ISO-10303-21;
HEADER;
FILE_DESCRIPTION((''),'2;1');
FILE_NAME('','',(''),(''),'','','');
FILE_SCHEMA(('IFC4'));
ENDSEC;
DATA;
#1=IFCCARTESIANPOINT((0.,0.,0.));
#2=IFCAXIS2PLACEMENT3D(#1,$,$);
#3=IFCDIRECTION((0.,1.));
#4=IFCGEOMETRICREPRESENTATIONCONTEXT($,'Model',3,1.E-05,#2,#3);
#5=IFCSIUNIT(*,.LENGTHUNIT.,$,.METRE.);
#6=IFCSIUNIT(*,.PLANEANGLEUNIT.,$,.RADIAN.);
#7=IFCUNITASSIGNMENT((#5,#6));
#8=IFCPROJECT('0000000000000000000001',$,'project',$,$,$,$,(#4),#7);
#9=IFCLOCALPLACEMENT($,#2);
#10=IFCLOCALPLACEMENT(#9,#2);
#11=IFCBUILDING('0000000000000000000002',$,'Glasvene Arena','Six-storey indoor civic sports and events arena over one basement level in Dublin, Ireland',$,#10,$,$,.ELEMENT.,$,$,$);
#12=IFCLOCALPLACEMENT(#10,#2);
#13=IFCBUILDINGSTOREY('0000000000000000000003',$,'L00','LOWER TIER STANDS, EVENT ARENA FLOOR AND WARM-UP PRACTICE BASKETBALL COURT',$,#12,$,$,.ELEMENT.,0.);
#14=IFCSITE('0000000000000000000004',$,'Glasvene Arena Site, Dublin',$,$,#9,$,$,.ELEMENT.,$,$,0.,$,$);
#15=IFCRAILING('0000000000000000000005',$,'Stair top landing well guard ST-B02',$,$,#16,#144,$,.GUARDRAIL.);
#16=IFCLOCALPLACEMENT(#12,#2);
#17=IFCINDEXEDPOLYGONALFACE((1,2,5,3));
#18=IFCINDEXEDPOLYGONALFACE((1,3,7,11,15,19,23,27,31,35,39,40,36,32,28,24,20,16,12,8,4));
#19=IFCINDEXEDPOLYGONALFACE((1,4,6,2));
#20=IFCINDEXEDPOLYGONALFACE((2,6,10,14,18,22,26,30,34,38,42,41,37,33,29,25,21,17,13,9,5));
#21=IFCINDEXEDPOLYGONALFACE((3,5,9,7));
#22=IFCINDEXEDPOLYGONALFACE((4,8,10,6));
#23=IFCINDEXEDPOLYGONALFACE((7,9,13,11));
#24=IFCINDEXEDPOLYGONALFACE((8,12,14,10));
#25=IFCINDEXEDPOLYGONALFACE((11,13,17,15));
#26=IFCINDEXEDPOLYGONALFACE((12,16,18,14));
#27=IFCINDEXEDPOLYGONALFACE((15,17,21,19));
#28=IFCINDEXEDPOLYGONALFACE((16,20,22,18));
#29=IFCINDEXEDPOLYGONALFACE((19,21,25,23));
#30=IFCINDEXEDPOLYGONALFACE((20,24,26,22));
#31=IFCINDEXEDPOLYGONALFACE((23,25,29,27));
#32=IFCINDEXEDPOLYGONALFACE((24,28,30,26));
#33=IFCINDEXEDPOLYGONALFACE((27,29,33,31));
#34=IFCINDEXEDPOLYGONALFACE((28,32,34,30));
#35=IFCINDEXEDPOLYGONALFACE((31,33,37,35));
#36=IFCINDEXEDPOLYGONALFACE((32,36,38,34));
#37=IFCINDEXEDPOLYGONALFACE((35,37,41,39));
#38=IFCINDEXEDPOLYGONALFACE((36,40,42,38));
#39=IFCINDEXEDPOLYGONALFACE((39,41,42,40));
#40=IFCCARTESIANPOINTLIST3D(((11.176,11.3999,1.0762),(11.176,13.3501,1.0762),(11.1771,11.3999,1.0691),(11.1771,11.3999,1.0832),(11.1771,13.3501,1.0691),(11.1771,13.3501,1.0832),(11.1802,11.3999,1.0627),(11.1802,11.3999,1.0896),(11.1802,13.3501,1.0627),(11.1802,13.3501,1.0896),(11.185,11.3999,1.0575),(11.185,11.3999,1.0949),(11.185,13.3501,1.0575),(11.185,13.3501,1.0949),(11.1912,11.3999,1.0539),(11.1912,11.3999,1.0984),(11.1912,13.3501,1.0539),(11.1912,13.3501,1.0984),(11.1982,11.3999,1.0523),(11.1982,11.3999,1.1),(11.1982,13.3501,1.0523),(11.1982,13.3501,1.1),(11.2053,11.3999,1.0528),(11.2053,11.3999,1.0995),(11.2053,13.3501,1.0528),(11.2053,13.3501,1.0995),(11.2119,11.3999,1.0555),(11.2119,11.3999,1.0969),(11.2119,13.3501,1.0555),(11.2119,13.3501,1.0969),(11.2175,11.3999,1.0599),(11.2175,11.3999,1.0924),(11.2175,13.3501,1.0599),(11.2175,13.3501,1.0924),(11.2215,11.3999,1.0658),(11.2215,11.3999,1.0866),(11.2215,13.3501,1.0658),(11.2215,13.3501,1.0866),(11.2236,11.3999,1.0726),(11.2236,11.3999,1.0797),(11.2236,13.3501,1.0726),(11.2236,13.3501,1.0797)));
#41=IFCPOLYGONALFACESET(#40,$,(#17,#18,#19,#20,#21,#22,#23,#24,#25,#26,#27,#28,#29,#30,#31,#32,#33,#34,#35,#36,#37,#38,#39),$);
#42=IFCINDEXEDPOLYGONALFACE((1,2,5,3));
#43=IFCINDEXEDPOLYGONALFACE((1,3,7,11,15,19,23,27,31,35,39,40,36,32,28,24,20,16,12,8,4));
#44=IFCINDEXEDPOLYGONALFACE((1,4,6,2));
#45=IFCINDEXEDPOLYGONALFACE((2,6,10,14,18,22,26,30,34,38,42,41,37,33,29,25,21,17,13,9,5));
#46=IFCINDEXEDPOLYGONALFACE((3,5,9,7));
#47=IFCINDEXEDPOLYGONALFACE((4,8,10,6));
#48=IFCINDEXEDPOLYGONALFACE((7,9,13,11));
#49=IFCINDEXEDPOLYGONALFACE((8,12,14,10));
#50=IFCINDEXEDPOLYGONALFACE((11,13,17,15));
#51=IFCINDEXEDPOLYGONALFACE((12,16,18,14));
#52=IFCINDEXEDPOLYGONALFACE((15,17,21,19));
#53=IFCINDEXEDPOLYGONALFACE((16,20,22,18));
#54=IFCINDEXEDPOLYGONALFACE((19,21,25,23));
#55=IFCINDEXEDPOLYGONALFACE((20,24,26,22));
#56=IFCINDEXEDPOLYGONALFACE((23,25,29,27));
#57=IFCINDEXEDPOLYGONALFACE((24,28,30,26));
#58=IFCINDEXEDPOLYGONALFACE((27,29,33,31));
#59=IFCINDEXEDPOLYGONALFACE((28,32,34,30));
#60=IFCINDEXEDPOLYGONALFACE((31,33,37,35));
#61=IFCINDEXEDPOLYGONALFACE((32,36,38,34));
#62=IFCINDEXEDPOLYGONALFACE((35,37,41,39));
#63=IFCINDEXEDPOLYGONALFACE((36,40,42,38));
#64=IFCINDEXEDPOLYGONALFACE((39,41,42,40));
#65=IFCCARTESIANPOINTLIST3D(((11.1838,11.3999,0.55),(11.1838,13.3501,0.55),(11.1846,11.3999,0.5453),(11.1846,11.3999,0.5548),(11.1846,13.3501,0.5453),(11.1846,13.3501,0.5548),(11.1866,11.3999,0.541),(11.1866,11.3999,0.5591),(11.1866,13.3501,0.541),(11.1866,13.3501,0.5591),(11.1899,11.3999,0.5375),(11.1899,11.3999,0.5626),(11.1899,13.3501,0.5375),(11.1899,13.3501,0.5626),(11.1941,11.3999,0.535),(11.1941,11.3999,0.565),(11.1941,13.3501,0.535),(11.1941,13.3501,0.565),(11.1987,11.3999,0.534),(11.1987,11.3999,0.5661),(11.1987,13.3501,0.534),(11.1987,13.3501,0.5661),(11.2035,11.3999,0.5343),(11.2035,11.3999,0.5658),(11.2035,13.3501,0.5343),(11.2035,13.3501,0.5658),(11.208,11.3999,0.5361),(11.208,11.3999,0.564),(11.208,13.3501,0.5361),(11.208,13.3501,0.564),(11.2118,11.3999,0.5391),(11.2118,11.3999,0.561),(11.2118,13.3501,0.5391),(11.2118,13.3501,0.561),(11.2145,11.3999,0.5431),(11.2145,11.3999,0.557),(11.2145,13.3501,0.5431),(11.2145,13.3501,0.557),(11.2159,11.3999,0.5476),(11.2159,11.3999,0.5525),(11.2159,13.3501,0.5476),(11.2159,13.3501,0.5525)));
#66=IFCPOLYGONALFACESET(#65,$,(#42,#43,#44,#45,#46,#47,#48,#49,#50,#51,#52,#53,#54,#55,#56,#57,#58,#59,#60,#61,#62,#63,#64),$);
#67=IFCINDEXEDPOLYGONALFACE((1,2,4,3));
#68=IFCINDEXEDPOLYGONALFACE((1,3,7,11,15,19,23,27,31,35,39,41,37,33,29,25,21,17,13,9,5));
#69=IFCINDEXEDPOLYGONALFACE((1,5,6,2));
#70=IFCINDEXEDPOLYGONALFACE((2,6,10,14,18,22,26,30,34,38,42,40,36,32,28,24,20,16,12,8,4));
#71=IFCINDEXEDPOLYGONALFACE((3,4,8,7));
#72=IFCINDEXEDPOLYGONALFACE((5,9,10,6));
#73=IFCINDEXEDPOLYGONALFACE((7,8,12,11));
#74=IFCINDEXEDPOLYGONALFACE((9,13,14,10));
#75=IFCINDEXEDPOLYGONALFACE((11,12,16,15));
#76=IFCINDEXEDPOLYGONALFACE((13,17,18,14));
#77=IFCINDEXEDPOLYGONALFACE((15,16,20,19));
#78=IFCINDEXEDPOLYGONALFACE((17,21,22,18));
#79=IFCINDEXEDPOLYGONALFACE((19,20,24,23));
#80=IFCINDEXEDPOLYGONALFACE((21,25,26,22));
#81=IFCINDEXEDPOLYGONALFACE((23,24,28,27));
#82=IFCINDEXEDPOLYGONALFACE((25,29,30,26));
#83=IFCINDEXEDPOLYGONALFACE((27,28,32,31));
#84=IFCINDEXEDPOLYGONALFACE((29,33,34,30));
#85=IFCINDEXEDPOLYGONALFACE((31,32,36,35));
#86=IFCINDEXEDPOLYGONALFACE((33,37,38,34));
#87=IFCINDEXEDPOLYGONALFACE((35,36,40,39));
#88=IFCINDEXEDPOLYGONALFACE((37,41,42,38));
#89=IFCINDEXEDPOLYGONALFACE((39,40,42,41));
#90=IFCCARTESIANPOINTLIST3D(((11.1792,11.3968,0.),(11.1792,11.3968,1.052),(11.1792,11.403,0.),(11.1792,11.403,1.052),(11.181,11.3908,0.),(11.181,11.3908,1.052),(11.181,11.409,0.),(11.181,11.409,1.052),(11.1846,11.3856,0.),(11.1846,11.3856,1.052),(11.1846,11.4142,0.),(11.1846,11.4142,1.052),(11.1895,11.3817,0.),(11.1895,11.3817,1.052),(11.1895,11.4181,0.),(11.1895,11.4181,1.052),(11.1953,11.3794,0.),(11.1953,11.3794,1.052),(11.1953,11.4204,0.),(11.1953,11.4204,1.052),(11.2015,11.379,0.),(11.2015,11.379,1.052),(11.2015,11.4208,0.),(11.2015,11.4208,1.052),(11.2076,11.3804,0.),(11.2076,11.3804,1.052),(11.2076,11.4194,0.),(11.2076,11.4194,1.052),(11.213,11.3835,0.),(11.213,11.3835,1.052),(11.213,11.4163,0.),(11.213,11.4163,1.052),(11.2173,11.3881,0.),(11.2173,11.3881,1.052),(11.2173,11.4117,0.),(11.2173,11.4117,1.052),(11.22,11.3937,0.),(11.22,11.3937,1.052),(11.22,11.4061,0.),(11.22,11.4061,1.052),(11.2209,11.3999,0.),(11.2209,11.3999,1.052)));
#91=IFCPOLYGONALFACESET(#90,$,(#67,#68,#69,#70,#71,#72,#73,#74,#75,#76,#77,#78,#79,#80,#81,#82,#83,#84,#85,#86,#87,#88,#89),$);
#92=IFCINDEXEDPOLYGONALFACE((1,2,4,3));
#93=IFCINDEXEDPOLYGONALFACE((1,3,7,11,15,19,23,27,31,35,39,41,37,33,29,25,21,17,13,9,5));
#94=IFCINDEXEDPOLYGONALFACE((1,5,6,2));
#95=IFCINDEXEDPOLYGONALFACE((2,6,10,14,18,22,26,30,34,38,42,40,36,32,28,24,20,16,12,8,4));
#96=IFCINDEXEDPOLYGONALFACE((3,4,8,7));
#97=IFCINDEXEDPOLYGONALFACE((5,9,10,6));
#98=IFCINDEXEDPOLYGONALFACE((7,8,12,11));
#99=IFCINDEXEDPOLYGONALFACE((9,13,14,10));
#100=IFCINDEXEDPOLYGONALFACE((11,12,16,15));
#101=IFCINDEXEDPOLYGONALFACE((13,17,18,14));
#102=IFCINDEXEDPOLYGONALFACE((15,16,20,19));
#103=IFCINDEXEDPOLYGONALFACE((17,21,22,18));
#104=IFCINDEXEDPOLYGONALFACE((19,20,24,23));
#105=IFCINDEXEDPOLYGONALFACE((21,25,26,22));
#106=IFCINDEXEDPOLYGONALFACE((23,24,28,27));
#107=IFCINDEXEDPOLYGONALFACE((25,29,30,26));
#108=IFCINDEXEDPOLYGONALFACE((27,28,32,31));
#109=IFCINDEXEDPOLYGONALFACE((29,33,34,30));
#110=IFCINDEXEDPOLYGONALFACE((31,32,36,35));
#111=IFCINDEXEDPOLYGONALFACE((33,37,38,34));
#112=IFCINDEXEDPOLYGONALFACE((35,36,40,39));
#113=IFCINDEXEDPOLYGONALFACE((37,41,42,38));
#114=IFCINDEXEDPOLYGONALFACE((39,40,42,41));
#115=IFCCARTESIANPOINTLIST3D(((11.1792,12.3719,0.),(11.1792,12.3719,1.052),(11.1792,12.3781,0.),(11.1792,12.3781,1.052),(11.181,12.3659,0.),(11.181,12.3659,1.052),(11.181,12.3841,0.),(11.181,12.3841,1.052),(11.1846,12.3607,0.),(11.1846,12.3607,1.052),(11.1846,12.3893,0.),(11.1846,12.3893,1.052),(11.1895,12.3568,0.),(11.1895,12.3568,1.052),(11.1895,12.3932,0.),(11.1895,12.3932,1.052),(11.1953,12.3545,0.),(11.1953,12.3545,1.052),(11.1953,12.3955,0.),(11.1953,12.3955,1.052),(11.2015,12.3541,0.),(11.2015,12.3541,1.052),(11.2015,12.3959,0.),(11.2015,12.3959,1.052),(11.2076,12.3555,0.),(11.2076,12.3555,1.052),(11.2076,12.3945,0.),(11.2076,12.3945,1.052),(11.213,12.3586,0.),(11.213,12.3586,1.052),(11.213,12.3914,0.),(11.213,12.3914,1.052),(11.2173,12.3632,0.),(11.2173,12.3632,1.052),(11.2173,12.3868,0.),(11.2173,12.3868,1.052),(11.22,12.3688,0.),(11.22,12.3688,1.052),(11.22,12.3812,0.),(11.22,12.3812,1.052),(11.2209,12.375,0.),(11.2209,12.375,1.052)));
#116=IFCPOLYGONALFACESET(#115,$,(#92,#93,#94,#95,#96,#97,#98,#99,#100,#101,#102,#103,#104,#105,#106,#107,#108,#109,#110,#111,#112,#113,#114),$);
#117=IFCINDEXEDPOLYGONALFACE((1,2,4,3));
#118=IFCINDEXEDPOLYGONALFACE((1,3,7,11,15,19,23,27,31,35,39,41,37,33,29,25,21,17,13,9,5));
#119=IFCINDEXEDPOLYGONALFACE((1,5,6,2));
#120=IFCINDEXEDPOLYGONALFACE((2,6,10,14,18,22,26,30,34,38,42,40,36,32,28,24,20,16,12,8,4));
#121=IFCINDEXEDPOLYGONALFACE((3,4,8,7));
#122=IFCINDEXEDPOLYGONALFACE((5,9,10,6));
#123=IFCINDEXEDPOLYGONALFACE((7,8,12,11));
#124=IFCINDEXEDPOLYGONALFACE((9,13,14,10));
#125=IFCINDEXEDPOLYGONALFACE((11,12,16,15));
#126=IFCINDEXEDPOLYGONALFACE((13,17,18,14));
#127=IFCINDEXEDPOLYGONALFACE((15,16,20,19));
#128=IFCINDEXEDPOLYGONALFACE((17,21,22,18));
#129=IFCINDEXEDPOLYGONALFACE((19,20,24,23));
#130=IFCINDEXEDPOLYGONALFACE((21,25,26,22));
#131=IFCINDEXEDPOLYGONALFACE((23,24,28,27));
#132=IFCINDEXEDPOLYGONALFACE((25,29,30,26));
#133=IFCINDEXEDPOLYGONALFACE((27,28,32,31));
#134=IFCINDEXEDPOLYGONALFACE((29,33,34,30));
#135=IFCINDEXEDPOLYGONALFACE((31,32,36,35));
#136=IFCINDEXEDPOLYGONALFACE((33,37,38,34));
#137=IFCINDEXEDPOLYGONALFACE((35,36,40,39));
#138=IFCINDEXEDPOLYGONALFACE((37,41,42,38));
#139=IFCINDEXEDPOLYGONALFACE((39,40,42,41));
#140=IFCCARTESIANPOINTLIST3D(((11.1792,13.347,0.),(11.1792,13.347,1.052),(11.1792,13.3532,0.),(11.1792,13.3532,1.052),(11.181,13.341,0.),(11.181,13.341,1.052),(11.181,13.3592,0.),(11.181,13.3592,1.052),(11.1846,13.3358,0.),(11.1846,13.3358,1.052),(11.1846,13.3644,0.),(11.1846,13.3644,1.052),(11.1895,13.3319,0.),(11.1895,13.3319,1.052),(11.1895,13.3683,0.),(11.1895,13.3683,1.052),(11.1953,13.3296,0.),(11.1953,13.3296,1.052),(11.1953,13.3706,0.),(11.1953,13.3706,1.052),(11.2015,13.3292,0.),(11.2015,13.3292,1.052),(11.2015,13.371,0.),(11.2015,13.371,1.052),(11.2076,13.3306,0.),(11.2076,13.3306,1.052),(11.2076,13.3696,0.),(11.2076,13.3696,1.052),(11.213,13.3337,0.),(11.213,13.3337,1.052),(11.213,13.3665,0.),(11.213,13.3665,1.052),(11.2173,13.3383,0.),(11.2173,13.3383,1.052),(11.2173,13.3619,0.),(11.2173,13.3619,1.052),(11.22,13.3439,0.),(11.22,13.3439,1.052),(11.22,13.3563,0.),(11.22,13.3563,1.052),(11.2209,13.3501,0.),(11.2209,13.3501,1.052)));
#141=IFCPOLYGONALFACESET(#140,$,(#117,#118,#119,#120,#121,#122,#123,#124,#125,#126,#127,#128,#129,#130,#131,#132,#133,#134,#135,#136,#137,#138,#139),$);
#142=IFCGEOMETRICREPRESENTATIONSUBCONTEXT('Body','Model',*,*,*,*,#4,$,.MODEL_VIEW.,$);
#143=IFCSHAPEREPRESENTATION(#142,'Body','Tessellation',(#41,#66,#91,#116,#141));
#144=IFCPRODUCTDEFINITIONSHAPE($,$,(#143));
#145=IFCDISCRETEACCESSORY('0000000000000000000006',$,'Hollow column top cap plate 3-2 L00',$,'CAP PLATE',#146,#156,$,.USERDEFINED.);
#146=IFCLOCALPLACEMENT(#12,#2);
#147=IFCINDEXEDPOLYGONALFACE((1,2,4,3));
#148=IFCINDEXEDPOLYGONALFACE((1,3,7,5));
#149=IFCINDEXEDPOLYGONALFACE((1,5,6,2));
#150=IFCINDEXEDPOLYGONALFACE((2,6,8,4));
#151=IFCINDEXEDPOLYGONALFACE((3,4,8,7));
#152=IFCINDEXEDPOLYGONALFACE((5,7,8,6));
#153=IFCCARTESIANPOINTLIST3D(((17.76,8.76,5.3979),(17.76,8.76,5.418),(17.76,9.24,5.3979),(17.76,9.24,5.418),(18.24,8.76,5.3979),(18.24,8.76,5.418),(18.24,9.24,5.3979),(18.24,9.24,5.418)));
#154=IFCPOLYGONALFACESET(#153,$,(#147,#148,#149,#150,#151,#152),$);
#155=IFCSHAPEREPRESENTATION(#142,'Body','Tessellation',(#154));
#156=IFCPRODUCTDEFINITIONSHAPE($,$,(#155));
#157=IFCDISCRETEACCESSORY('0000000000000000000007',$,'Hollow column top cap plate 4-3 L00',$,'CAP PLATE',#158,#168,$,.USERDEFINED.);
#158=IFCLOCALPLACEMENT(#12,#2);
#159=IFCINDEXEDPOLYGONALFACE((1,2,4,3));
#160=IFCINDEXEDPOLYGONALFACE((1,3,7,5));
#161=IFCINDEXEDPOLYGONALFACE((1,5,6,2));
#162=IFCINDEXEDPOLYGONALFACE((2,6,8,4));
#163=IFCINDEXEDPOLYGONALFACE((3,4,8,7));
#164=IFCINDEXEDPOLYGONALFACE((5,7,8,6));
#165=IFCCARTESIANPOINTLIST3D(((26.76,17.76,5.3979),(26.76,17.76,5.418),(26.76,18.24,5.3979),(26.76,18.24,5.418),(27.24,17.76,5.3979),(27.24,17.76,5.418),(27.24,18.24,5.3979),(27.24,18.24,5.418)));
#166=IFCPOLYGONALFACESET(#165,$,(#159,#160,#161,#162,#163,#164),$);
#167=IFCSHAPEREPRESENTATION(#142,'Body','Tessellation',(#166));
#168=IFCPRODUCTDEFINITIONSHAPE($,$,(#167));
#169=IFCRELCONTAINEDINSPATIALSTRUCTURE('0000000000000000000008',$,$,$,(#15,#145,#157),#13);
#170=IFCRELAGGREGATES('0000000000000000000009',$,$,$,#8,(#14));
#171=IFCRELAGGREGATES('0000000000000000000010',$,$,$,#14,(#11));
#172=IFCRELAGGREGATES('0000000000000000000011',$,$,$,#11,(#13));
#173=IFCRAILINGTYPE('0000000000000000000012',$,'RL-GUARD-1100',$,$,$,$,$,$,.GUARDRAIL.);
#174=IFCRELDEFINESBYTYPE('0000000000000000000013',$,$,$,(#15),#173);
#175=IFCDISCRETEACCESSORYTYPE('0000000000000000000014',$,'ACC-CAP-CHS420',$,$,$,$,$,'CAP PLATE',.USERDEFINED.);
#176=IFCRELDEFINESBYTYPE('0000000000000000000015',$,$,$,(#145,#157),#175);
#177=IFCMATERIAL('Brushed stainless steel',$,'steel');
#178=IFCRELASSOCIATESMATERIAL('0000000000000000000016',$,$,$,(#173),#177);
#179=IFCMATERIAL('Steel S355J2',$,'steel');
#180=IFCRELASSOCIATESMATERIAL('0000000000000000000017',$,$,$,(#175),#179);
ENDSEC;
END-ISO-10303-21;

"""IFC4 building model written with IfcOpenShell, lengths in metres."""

from ifc_helpers import new_model, si_unit, direction, frame, origin, origin_2d, place, context, subcontext, project, spatial, rectangle, circle, extrude, material, type_object, element, save


model = new_model("IFC4")

# Units and contexts
model_context = context("Model", 3, precision=1e-05, world=origin(), true_north=direction((0.0, 1.0)))
body_context = subcontext(model_context, "Body", "Model", "MODEL_VIEW")
ifc_project = project(units=[si_unit("LENGTHUNIT", "METRE"), si_unit("PLANEANGLEUNIT", "RADIAN")], contexts=[model_context])

# Site, building, storey
site_placement = place(None, origin())
site = spatial("IfcSite", under=ifc_project, at=site_placement, Name="Glasvene Arena Site, Dublin", CompositionType="ELEMENT", RefElevation=0.0)
building_placement = place(site_placement, origin())
building = spatial("IfcBuilding", under=site, at=building_placement, Name="Glasvene Arena", Description="Six-storey indoor civic sports and events arena over one basement level in Dublin, Ireland", CompositionType="ELEMENT")
storey_placement = place(building_placement, origin())
storey = spatial("IfcBuildingStorey", under=building, at=storey_placement, Name="L00", Description="LOWER TIER STANDS, EVENT ARENA FLOOR AND WARM-UP PRACTICE BASKETBALL COURT", CompositionType="ELEMENT", Elevation=0.0)

# Shared definitions
ifc_material_1 = material(Name="Steel S355J2", Category="steel")

# Railing
ifc_material_2 = material(Name="Brushed stainless steel", Category="steel")
railing_type = type_object("IfcRailingType", Name="RL-GUARD-1100", PredefinedType="GUARDRAIL", material=ifc_material_2)
railing_placement = place(storey_placement, frame((11.2, 11.3999, 0.0)))
element("IfcRailing", 1, at=railing_placement, inside=storey, type_object=railing_type, Name="Stair top landing well guard ST-B02", PredefinedType="GUARDRAIL", context=body_context, shape_type="SweptSolid", body=[
    extrude(circle(Radius=0.0239, at=origin_2d()), frame((0.0, 0.0, 1.0762), z_axis=(0.0, 1.0, 0.0), x_axis=(-1.0, 0.0, 0.0)), (0.0, 0.0, 1.0), 1.9502),
    extrude(circle(Radius=0.0161, at=origin_2d()), frame((0.0, 0.0, 0.55), z_axis=(0.0, 1.0, 0.0), x_axis=(-1.0, 0.0, 0.0)), (0.0, 0.0, 1.0), 1.9502),
    extrude(circle(Radius=0.021, at=origin_2d()), origin(), (0.0, 0.0, 1.0), 1.052),
    extrude(circle(Radius=0.021, at=origin_2d()), frame((0.0, 0.9751, 0.0)), (0.0, 0.0, 1.0), 1.052),
    extrude(circle(Radius=0.021, at=origin_2d()), frame((0.0, 1.9502, 0.0)), (0.0, 0.0, 1.0), 1.052),
])

# Discrete accessories
discrete_accessory_type = type_object("IfcDiscreteAccessoryType", Name="ACC-CAP-CHS420", ElementType="CAP PLATE", PredefinedType="USERDEFINED", material=ifc_material_1)
for number, where, z_axis, x_axis, name in (
    (2, (18.0, 9.0, 5.3979), (0.0, 0.0, 1.0), (1.0, 0.0, 0.0), "Hollow column top cap plate 3-2 L00"),
    (3, (27.0, 18.0, 5.3979), (0.0, 0.0, 1.0), (1.0, 0.0, 0.0), "Hollow column top cap plate 4-3 L00"),
):
    element("IfcDiscreteAccessory", number, at=place(storey_placement, frame(where, z_axis=z_axis, x_axis=x_axis)), inside=storey, type_object=discrete_accessory_type, Name=name, ObjectType="CAP PLATE", PredefinedType="USERDEFINED", context=body_context, shape_type="SweptSolid", body=[
        extrude(rectangle(XDim=0.48, YDim=0.48, at=origin_2d()), origin(), (0.0, 0.0, 1.0), 0.02),
    ])

save(model, "model.ifc")
